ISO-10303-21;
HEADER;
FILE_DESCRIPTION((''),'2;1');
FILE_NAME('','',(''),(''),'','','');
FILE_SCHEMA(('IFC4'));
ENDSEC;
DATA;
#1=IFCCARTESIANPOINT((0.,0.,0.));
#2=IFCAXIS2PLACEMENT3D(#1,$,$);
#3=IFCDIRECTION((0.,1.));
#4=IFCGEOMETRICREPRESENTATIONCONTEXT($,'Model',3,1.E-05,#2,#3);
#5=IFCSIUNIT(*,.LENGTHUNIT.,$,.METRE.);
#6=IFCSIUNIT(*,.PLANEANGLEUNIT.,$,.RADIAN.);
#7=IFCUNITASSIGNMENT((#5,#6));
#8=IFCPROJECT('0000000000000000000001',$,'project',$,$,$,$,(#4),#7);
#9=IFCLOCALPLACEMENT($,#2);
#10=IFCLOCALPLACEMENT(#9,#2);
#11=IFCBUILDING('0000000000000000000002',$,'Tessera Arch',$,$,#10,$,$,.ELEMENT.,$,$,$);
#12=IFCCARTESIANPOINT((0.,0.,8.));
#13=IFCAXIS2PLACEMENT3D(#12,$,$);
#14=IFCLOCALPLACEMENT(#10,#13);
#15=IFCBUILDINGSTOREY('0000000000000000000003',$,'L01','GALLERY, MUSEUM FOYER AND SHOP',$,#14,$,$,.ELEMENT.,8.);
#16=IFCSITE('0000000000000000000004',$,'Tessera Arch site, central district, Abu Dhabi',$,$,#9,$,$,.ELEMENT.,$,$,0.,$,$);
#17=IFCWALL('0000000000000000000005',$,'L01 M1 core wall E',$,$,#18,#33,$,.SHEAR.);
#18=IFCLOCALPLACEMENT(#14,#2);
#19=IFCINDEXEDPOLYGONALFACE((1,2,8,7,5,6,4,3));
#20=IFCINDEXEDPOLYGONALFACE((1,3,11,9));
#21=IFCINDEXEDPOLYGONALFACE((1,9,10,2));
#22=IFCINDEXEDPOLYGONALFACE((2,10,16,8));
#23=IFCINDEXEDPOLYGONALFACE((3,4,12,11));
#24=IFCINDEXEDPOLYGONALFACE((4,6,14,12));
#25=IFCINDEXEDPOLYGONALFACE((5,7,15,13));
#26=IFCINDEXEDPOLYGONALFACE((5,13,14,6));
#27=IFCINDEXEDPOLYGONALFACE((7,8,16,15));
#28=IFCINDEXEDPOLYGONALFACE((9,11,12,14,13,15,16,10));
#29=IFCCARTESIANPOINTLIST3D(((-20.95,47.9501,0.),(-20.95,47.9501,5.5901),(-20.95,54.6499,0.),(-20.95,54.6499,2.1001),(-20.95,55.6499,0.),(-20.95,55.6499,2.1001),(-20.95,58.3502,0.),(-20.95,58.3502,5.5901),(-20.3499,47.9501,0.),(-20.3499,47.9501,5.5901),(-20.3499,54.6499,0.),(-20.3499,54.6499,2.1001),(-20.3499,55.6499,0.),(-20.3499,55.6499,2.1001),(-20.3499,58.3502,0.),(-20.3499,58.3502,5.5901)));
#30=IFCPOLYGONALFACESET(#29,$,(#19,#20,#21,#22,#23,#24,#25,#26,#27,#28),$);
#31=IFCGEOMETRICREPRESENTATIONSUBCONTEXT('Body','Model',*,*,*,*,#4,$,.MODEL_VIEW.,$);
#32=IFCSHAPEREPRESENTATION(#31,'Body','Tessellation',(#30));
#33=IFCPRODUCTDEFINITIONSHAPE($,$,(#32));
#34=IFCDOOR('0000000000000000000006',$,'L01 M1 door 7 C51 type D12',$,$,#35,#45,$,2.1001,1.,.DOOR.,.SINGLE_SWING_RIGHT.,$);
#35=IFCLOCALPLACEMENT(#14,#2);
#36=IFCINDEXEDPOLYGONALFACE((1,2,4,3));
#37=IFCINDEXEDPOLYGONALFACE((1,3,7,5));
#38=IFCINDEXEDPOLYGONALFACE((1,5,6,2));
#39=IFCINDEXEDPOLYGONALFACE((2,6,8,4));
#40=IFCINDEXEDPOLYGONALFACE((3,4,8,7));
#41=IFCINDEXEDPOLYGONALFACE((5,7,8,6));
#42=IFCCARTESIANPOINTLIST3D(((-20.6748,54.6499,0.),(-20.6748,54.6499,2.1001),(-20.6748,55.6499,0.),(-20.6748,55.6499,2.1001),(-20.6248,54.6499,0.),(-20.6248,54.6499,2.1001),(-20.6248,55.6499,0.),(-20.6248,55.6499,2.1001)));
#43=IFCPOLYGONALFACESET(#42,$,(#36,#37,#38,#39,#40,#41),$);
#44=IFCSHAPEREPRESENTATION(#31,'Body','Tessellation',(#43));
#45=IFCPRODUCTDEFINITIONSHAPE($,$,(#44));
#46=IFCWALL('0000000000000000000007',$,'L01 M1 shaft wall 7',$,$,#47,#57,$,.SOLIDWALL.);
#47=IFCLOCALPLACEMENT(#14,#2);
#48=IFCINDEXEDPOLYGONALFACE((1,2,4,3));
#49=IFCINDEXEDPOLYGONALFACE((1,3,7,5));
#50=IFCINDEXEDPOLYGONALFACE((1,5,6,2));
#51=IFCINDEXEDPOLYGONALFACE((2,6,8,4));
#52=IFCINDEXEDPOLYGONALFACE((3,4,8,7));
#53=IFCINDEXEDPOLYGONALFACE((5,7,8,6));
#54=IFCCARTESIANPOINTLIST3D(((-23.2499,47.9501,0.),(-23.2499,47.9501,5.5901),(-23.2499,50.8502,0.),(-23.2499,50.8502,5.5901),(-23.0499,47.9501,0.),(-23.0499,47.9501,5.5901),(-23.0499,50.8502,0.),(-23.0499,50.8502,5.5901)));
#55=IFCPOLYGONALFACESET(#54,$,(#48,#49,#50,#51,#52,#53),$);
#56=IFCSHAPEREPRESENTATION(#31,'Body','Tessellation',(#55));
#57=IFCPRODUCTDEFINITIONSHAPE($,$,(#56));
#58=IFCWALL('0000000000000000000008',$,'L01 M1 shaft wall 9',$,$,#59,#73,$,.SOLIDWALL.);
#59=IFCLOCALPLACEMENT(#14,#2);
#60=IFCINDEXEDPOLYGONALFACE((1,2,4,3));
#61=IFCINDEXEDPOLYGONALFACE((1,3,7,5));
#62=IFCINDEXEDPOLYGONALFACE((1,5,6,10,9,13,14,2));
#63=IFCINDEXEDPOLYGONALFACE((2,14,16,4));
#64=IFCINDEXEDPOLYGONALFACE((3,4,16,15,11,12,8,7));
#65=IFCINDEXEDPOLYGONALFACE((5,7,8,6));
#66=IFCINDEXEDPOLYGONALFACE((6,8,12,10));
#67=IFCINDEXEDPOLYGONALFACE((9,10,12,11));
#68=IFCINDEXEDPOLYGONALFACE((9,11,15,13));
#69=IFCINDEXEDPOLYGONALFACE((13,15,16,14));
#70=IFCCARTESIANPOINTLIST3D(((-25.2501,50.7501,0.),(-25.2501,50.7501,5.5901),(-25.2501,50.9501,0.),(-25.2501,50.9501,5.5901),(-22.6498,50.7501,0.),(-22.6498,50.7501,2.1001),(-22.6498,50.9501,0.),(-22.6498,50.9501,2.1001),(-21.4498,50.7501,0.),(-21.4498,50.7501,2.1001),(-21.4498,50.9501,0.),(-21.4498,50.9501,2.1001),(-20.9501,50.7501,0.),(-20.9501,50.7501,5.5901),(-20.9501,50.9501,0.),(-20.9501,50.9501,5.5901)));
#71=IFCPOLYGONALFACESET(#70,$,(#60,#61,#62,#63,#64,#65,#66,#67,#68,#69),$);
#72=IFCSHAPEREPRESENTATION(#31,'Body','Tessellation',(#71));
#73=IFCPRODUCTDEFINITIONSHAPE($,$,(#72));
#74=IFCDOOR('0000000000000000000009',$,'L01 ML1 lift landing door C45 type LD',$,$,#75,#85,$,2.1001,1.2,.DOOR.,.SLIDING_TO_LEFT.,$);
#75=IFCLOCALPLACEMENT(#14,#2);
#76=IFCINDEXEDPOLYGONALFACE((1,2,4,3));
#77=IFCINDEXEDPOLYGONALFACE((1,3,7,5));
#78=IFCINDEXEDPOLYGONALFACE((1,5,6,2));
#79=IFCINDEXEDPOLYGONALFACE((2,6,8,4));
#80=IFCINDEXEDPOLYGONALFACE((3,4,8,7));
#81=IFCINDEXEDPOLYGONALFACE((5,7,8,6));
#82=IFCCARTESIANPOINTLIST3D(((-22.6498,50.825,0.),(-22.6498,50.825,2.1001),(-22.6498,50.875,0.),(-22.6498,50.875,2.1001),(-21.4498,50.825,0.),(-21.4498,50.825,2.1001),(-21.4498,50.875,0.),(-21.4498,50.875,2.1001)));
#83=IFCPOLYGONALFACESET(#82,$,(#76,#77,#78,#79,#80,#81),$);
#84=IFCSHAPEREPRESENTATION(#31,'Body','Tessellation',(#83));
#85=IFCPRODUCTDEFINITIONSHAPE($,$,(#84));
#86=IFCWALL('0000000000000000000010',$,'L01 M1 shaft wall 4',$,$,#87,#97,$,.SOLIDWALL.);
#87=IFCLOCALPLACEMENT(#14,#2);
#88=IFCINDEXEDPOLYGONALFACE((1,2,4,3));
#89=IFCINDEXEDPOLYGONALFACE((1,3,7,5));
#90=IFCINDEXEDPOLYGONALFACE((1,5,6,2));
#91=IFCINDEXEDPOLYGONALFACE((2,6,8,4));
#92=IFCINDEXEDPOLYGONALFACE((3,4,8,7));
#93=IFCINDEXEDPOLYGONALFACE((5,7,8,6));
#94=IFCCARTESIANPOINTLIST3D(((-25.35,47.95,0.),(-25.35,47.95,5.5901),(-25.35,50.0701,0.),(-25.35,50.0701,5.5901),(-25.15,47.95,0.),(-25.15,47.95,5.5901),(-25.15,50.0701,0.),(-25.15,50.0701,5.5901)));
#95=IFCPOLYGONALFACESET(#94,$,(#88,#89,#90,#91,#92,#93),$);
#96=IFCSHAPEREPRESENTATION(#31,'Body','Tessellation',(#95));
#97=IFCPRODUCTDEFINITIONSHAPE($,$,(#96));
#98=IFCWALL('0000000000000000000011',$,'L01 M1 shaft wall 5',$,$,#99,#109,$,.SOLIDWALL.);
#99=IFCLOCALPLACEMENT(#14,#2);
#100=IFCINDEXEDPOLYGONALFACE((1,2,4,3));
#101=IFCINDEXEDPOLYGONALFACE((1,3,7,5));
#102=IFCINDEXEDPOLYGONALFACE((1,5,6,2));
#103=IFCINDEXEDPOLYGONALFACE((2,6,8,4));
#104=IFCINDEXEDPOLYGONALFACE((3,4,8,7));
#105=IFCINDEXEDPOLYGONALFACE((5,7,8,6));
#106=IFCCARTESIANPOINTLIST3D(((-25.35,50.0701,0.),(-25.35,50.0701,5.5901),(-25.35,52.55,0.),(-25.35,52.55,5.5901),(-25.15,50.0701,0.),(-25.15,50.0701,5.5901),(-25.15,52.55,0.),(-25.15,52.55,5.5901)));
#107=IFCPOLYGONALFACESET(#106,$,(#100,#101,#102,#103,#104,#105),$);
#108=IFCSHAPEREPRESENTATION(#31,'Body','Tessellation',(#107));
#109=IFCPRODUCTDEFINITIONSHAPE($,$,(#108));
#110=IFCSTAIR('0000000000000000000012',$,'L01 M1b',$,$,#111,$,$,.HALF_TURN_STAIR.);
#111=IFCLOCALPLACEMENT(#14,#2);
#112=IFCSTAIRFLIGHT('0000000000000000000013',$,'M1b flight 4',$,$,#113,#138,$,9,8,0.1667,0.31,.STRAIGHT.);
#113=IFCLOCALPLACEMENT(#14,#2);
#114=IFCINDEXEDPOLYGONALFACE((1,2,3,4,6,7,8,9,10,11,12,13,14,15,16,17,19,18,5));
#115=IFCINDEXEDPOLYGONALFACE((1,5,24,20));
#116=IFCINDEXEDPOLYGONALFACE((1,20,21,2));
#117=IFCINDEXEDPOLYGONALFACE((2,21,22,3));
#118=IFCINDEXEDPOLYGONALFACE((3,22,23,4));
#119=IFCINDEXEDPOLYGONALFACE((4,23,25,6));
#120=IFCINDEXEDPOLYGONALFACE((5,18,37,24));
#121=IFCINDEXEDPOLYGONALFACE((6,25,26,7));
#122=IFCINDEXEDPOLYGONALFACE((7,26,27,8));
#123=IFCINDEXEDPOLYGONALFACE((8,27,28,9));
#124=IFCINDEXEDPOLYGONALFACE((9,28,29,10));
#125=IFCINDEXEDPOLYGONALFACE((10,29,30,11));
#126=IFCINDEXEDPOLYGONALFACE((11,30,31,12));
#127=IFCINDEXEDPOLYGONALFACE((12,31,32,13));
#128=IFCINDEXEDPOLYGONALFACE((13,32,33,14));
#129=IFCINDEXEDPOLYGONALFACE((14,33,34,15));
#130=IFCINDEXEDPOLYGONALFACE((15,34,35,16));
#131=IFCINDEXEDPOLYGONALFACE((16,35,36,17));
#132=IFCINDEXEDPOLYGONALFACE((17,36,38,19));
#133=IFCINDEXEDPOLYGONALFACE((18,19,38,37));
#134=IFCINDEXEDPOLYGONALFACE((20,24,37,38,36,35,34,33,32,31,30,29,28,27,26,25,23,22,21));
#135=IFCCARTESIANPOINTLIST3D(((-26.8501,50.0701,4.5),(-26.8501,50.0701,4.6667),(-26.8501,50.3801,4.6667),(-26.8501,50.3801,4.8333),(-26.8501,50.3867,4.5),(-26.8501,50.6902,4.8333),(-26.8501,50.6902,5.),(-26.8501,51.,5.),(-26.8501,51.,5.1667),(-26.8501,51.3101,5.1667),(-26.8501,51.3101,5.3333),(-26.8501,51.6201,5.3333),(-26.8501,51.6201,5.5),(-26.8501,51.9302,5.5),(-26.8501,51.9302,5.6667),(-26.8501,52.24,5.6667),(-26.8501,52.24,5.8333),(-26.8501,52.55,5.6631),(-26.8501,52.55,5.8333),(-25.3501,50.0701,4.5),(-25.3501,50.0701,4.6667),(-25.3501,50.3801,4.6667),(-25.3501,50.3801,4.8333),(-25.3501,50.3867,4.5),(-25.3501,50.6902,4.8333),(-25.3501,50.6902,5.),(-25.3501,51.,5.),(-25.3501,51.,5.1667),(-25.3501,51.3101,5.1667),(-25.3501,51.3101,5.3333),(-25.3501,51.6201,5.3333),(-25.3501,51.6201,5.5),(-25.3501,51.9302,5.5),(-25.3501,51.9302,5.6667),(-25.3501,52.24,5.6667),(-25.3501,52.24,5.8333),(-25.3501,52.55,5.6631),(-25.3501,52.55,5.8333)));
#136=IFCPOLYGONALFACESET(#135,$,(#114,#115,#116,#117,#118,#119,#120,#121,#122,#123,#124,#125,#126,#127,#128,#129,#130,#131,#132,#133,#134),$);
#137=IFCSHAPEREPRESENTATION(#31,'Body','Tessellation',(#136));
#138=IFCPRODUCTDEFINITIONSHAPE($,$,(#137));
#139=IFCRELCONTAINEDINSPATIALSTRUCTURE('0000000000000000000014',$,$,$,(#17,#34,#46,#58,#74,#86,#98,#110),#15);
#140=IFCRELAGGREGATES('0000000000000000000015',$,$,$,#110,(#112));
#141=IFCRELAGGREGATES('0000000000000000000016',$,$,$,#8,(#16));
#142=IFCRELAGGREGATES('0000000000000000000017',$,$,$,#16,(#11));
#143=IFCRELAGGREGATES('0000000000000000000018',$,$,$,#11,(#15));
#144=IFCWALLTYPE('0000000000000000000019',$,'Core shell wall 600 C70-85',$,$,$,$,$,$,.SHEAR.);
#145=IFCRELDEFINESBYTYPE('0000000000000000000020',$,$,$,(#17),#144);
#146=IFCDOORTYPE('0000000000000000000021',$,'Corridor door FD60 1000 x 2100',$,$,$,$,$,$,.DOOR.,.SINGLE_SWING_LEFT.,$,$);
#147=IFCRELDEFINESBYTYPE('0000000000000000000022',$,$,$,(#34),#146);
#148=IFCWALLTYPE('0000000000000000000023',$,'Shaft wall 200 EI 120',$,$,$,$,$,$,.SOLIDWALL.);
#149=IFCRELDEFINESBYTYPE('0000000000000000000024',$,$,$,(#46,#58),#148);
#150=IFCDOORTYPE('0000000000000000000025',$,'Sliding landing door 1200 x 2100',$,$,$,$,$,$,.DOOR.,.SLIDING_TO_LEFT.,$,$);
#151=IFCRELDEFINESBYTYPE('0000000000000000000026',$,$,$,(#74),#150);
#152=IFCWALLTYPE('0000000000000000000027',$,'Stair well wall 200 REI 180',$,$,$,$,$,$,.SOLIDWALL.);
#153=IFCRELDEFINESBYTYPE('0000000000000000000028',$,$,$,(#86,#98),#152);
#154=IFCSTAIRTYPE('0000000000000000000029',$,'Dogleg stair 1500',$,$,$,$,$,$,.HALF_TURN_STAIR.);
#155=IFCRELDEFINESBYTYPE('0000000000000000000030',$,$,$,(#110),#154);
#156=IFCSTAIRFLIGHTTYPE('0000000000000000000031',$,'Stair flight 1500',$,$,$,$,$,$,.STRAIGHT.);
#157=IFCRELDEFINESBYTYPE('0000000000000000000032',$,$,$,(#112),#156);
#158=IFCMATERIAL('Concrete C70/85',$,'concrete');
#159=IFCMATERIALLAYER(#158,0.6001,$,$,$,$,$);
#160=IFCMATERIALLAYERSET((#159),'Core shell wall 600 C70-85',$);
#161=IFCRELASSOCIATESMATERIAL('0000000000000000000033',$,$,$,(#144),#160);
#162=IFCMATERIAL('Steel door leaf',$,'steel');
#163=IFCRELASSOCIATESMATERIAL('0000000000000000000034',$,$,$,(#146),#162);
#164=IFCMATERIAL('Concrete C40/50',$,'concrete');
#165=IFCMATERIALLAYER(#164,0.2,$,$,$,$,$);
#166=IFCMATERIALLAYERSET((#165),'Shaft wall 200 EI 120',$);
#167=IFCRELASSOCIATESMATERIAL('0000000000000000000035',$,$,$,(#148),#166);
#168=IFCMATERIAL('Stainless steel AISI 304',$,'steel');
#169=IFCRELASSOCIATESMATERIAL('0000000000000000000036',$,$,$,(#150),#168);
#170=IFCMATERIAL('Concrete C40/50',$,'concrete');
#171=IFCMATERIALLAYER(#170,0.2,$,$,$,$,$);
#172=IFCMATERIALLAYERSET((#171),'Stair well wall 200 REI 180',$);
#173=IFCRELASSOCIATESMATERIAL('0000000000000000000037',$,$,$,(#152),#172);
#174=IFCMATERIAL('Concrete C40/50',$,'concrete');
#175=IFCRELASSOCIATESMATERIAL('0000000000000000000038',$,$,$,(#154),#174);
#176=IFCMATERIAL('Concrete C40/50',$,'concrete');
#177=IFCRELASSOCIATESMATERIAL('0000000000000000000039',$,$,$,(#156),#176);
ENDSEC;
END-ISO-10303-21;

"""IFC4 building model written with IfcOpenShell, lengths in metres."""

from ifc_helpers import new_model, si_unit, direction, frame, frame_2d, origin, place, context, subcontext, project, spatial, polyline, rectangle, outline, extrude, material, layer, layer_set, type_object, element, fill, aggregate, save


model = new_model("IFC4")

# Units and contexts
model_context = context("Model", 3, precision=1e-05, world=origin(), true_north=direction((0.0, 1.0)))
body_context = subcontext(model_context, "Body", "Model", "MODEL_VIEW")
ifc_project = project(units=[si_unit("LENGTHUNIT", "METRE"), si_unit("PLANEANGLEUNIT", "RADIAN")], contexts=[model_context])

# Site, building, storey
site_placement = place(None, origin())
site = spatial("IfcSite", under=ifc_project, at=site_placement, Name="Tessera Arch site, central district, Abu Dhabi", CompositionType="ELEMENT", RefElevation=0.0)
building_placement = place(site_placement, origin())
building = spatial("IfcBuilding", under=site, at=building_placement, Name="Tessera Arch", CompositionType="ELEMENT")
storey_placement = place(building_placement, frame((0.0, 0.0, 8.0)))
storey = spatial("IfcBuildingStorey", under=building, at=storey_placement, Name="L01", Description="GALLERY, MUSEUM FOYER AND SHOP", CompositionType="ELEMENT", Elevation=8.0)

# Wall, opening, door
ifc_material_1 = material(Name="Concrete C70/85", Category="concrete")
ifc_layer_1 = layer(ifc_material_1, 0.6001)
ifc_layer_set_1 = layer_set([ifc_layer_1], Name="Core shell wall 600 C70-85")
wall_type_1 = type_object("IfcWallType", Name="Core shell wall 600 C70-85", PredefinedType="SHEAR", material=ifc_layer_set_1)
wall_1_placement = place(storey_placement, frame((-20.6499, 47.95, 0.0), z_axis=(0.0, 0.0, 1.0), x_axis=(0.0, 1.0, 0.0)))
wall_1 = element("IfcWall", 1, at=wall_1_placement, inside=storey, type_object=wall_type_1, Name="L01 M1 core wall E", PredefinedType="SHEAR", context=body_context, shape_type="SweptSolid", body=[
    extrude(rectangle(XDim=10.4001, YDim=0.6001, at=frame_2d((5.2002, 0.0))), origin(), (0.0, 0.0, 1.0), 5.5901),
])
opening_1_placement = place(wall_1_placement, frame((6.7, 0.0, 0.0)))
opening_1 = element("IfcOpeningElement", 2, at=opening_1_placement, cuts=wall_1, PredefinedType="OPENING", context=body_context, shape_type="SweptSolid", body=[
    extrude(rectangle(XDim=1.0, YDim=2.1001, at=frame_2d((0.5, 1.05))), frame((0.0, 0.3101, 0.0), z_axis=(0.0, -1.0, 0.0), x_axis=(1.0, 0.0, 0.0)), (0.0, 0.0, 1.0), 0.6201),
])
ifc_material_2 = material(Name="Steel door leaf", Category="steel")
door_type_1 = type_object("IfcDoorType", Name="Corridor door FD60 1000 x 2100", OperationType="SINGLE_SWING_LEFT", PredefinedType="DOOR", material=ifc_material_2)
door_1_placement = place(opening_1_placement, origin())
door_1 = element("IfcDoor", 3, at=door_1_placement, inside=storey, type_object=door_type_1, Name="L01 M1 door 7 C51 type D12", OperationType="SINGLE_SWING_RIGHT", OverallHeight=2.1001, OverallWidth=1.0, PredefinedType="DOOR", context=body_context, shape_type="SweptSolid", body=[
    extrude(rectangle(XDim=1.0, YDim=2.1001, at=frame_2d((0.5, 1.05))), frame((0.0, 0.0249, 0.0), z_axis=(0.0, -1.0, 0.0), x_axis=(1.0, 0.0, 0.0)), (0.0, 0.0, 1.0), 0.05),
])
fill(opening_1, door_1)

# Wall
ifc_material_3 = material(Name="Concrete C40/50", Category="concrete")
ifc_layer_2 = layer(ifc_material_3, 0.2)
ifc_layer_set_2 = layer_set([ifc_layer_2], Name="Shaft wall 200 EI 120")
wall_type_2 = type_object("IfcWallType", Name="Shaft wall 200 EI 120", PredefinedType="SOLIDWALL", material=ifc_layer_set_2)
wall_2_placement = place(storey_placement, frame((-23.1499, 47.95, 0.0), z_axis=(0.0, 0.0, 1.0), x_axis=(0.0, 1.0, 0.0)))
element("IfcWall", 4, at=wall_2_placement, inside=storey, type_object=wall_type_2, Name="L01 M1 shaft wall 7", PredefinedType="SOLIDWALL", context=body_context, shape_type="SweptSolid", body=[
    extrude(rectangle(XDim=2.9001, YDim=0.2, at=frame_2d((1.4502, 0.0))), origin(), (0.0, 0.0, 1.0), 5.5901),
])

# Wall, opening, door
wall_3_placement = place(storey_placement, frame((-25.25, 50.8501, 0.0), z_axis=(0.0, 0.0, 1.0), x_axis=(1.0, 0.0, 0.0)))
wall_3 = element("IfcWall", 5, at=wall_3_placement, inside=storey, type_object=wall_type_2, Name="L01 M1 shaft wall 9", PredefinedType="SOLIDWALL", context=body_context, shape_type="SweptSolid", body=[
    extrude(rectangle(XDim=4.3, YDim=0.2, at=frame_2d((2.1499, 0.0))), origin(), (0.0, 0.0, 1.0), 5.5901),
])
opening_2_placement = place(wall_3_placement, frame((2.6001, 0.0, 0.0)))
opening_2 = element("IfcOpeningElement", 6, at=opening_2_placement, cuts=wall_3, PredefinedType="OPENING", context=body_context, shape_type="SweptSolid", body=[
    extrude(rectangle(XDim=1.2, YDim=2.1001, at=frame_2d((0.6001, 1.05))), frame((0.0, 0.1099, 0.0), z_axis=(0.0, -1.0, 0.0), x_axis=(1.0, 0.0, 0.0)), (0.0, 0.0, 1.0), 0.22),
])
ifc_material_4 = material(Name="Stainless steel AISI 304", Category="steel")
door_type_2 = type_object("IfcDoorType", Name="Sliding landing door 1200 x 2100", OperationType="SLIDING_TO_LEFT", PredefinedType="DOOR", material=ifc_material_4)
door_2_placement = place(opening_2_placement, origin())
door_2 = element("IfcDoor", 7, at=door_2_placement, inside=storey, type_object=door_type_2, Name="L01 ML1 lift landing door C45 type LD", OperationType="SLIDING_TO_LEFT", OverallHeight=2.1001, OverallWidth=1.2, PredefinedType="DOOR", context=body_context, shape_type="SweptSolid", body=[
    extrude(rectangle(XDim=1.2, YDim=2.1001, at=frame_2d((0.6001, 1.05))), frame((0.0, 0.0249, 0.0), z_axis=(0.0, -1.0, 0.0), x_axis=(1.0, 0.0, 0.0)), (0.0, 0.0, 1.0), 0.05),
])
fill(opening_2, door_2)

# Walls
ifc_material_5 = material(Name="Concrete C40/50", Category="concrete")
ifc_layer_3 = layer(ifc_material_5, 0.2)
ifc_layer_set_3 = layer_set([ifc_layer_3], Name="Stair well wall 200 REI 180")
wall_type_3 = type_object("IfcWallType", Name="Stair well wall 200 REI 180", PredefinedType="SOLIDWALL", material=ifc_layer_set_3)
wall_4_placement = place(storey_placement, frame((-25.25, 47.95, 0.0), z_axis=(0.0, 0.0, 1.0), x_axis=(0.0, 1.0, 0.0)))
element("IfcWall", 8, at=wall_4_placement, inside=storey, type_object=wall_type_3, Name="L01 M1 shaft wall 4", PredefinedType="SOLIDWALL", context=body_context, shape_type="SweptSolid", body=[
    extrude(rectangle(XDim=2.1201, YDim=0.2, at=frame_2d((1.0601, 0.0))), origin(), (0.0, 0.0, 1.0), 5.5901),
])
wall_5_placement = place(storey_placement, frame((-25.25, 50.0701, 0.0), z_axis=(0.0, 0.0, 1.0), x_axis=(0.0, 1.0, 0.0)))
element("IfcWall", 9, at=wall_5_placement, inside=storey, type_object=wall_type_3, Name="L01 M1 shaft wall 5", PredefinedType="SOLIDWALL", context=body_context, shape_type="SweptSolid", body=[
    extrude(rectangle(XDim=2.48, YDim=0.2, at=frame_2d((1.24, 0.0))), origin(), (0.0, 0.0, 1.0), 5.5901),
])

# Stair, stair flight
ifc_material_6 = material(Name="Concrete C40/50", Category="concrete")
stair_type = type_object("IfcStairType", Name="Dogleg stair 1500", PredefinedType="HALF_TURN_STAIR", material=ifc_material_6)
stair_placement = place(storey_placement, origin())
stair = element("IfcStair", 10, at=stair_placement, inside=storey, type_object=stair_type, Name="L01 M1b", PredefinedType="HALF_TURN_STAIR")
ifc_material_7 = material(Name="Concrete C40/50", Category="concrete")
stair_flight_type = type_object("IfcStairFlightType", Name="Stair flight 1500", PredefinedType="STRAIGHT", material=ifc_material_7)
stair_flight_placement = place(storey_placement, frame((-26.1001, 50.0701, 4.5), z_axis=(0.0, 0.0, 1.0), x_axis=(0.0, 1.0, 0.0)))
stair_flight = element("IfcStairFlight", 11, at=stair_flight_placement, type_object=stair_flight_type, Name="M1b flight 4", NumberOfRisers=9, NumberOfTreads=8, PredefinedType="STRAIGHT", RiserHeight=0.1667, TreadLength=0.31, context=body_context, shape_type="SweptSolid", body=[
    extrude(outline(polyline([(0.0, 0.0), (0.0, 0.1667), (0.3101, 0.1667), (0.3101, 0.3333), (0.6201, 0.3333), (0.6201, 0.5), (0.9299, 0.5), (0.9299, 0.6667), (1.24, 0.6667), (1.24, 0.8333), (1.55, 0.8333), (1.55, 1.0), (1.8601, 1.0), (1.8601, 1.1667), (2.1699, 1.1667), (2.1699, 1.3333), (2.48, 1.3333), (2.48, 1.5), (2.48, 1.1631), (0.3167, 0.0), (0.0, 0.0)])), frame((0.0, 0.75, 0.0), z_axis=(0.0, -1.0, 0.0), x_axis=(1.0, 0.0, 0.0)), (0.0, 0.0, 1.0), 1.5),
])
aggregate(stair, [stair_flight])

save(model, "model.ifc")
